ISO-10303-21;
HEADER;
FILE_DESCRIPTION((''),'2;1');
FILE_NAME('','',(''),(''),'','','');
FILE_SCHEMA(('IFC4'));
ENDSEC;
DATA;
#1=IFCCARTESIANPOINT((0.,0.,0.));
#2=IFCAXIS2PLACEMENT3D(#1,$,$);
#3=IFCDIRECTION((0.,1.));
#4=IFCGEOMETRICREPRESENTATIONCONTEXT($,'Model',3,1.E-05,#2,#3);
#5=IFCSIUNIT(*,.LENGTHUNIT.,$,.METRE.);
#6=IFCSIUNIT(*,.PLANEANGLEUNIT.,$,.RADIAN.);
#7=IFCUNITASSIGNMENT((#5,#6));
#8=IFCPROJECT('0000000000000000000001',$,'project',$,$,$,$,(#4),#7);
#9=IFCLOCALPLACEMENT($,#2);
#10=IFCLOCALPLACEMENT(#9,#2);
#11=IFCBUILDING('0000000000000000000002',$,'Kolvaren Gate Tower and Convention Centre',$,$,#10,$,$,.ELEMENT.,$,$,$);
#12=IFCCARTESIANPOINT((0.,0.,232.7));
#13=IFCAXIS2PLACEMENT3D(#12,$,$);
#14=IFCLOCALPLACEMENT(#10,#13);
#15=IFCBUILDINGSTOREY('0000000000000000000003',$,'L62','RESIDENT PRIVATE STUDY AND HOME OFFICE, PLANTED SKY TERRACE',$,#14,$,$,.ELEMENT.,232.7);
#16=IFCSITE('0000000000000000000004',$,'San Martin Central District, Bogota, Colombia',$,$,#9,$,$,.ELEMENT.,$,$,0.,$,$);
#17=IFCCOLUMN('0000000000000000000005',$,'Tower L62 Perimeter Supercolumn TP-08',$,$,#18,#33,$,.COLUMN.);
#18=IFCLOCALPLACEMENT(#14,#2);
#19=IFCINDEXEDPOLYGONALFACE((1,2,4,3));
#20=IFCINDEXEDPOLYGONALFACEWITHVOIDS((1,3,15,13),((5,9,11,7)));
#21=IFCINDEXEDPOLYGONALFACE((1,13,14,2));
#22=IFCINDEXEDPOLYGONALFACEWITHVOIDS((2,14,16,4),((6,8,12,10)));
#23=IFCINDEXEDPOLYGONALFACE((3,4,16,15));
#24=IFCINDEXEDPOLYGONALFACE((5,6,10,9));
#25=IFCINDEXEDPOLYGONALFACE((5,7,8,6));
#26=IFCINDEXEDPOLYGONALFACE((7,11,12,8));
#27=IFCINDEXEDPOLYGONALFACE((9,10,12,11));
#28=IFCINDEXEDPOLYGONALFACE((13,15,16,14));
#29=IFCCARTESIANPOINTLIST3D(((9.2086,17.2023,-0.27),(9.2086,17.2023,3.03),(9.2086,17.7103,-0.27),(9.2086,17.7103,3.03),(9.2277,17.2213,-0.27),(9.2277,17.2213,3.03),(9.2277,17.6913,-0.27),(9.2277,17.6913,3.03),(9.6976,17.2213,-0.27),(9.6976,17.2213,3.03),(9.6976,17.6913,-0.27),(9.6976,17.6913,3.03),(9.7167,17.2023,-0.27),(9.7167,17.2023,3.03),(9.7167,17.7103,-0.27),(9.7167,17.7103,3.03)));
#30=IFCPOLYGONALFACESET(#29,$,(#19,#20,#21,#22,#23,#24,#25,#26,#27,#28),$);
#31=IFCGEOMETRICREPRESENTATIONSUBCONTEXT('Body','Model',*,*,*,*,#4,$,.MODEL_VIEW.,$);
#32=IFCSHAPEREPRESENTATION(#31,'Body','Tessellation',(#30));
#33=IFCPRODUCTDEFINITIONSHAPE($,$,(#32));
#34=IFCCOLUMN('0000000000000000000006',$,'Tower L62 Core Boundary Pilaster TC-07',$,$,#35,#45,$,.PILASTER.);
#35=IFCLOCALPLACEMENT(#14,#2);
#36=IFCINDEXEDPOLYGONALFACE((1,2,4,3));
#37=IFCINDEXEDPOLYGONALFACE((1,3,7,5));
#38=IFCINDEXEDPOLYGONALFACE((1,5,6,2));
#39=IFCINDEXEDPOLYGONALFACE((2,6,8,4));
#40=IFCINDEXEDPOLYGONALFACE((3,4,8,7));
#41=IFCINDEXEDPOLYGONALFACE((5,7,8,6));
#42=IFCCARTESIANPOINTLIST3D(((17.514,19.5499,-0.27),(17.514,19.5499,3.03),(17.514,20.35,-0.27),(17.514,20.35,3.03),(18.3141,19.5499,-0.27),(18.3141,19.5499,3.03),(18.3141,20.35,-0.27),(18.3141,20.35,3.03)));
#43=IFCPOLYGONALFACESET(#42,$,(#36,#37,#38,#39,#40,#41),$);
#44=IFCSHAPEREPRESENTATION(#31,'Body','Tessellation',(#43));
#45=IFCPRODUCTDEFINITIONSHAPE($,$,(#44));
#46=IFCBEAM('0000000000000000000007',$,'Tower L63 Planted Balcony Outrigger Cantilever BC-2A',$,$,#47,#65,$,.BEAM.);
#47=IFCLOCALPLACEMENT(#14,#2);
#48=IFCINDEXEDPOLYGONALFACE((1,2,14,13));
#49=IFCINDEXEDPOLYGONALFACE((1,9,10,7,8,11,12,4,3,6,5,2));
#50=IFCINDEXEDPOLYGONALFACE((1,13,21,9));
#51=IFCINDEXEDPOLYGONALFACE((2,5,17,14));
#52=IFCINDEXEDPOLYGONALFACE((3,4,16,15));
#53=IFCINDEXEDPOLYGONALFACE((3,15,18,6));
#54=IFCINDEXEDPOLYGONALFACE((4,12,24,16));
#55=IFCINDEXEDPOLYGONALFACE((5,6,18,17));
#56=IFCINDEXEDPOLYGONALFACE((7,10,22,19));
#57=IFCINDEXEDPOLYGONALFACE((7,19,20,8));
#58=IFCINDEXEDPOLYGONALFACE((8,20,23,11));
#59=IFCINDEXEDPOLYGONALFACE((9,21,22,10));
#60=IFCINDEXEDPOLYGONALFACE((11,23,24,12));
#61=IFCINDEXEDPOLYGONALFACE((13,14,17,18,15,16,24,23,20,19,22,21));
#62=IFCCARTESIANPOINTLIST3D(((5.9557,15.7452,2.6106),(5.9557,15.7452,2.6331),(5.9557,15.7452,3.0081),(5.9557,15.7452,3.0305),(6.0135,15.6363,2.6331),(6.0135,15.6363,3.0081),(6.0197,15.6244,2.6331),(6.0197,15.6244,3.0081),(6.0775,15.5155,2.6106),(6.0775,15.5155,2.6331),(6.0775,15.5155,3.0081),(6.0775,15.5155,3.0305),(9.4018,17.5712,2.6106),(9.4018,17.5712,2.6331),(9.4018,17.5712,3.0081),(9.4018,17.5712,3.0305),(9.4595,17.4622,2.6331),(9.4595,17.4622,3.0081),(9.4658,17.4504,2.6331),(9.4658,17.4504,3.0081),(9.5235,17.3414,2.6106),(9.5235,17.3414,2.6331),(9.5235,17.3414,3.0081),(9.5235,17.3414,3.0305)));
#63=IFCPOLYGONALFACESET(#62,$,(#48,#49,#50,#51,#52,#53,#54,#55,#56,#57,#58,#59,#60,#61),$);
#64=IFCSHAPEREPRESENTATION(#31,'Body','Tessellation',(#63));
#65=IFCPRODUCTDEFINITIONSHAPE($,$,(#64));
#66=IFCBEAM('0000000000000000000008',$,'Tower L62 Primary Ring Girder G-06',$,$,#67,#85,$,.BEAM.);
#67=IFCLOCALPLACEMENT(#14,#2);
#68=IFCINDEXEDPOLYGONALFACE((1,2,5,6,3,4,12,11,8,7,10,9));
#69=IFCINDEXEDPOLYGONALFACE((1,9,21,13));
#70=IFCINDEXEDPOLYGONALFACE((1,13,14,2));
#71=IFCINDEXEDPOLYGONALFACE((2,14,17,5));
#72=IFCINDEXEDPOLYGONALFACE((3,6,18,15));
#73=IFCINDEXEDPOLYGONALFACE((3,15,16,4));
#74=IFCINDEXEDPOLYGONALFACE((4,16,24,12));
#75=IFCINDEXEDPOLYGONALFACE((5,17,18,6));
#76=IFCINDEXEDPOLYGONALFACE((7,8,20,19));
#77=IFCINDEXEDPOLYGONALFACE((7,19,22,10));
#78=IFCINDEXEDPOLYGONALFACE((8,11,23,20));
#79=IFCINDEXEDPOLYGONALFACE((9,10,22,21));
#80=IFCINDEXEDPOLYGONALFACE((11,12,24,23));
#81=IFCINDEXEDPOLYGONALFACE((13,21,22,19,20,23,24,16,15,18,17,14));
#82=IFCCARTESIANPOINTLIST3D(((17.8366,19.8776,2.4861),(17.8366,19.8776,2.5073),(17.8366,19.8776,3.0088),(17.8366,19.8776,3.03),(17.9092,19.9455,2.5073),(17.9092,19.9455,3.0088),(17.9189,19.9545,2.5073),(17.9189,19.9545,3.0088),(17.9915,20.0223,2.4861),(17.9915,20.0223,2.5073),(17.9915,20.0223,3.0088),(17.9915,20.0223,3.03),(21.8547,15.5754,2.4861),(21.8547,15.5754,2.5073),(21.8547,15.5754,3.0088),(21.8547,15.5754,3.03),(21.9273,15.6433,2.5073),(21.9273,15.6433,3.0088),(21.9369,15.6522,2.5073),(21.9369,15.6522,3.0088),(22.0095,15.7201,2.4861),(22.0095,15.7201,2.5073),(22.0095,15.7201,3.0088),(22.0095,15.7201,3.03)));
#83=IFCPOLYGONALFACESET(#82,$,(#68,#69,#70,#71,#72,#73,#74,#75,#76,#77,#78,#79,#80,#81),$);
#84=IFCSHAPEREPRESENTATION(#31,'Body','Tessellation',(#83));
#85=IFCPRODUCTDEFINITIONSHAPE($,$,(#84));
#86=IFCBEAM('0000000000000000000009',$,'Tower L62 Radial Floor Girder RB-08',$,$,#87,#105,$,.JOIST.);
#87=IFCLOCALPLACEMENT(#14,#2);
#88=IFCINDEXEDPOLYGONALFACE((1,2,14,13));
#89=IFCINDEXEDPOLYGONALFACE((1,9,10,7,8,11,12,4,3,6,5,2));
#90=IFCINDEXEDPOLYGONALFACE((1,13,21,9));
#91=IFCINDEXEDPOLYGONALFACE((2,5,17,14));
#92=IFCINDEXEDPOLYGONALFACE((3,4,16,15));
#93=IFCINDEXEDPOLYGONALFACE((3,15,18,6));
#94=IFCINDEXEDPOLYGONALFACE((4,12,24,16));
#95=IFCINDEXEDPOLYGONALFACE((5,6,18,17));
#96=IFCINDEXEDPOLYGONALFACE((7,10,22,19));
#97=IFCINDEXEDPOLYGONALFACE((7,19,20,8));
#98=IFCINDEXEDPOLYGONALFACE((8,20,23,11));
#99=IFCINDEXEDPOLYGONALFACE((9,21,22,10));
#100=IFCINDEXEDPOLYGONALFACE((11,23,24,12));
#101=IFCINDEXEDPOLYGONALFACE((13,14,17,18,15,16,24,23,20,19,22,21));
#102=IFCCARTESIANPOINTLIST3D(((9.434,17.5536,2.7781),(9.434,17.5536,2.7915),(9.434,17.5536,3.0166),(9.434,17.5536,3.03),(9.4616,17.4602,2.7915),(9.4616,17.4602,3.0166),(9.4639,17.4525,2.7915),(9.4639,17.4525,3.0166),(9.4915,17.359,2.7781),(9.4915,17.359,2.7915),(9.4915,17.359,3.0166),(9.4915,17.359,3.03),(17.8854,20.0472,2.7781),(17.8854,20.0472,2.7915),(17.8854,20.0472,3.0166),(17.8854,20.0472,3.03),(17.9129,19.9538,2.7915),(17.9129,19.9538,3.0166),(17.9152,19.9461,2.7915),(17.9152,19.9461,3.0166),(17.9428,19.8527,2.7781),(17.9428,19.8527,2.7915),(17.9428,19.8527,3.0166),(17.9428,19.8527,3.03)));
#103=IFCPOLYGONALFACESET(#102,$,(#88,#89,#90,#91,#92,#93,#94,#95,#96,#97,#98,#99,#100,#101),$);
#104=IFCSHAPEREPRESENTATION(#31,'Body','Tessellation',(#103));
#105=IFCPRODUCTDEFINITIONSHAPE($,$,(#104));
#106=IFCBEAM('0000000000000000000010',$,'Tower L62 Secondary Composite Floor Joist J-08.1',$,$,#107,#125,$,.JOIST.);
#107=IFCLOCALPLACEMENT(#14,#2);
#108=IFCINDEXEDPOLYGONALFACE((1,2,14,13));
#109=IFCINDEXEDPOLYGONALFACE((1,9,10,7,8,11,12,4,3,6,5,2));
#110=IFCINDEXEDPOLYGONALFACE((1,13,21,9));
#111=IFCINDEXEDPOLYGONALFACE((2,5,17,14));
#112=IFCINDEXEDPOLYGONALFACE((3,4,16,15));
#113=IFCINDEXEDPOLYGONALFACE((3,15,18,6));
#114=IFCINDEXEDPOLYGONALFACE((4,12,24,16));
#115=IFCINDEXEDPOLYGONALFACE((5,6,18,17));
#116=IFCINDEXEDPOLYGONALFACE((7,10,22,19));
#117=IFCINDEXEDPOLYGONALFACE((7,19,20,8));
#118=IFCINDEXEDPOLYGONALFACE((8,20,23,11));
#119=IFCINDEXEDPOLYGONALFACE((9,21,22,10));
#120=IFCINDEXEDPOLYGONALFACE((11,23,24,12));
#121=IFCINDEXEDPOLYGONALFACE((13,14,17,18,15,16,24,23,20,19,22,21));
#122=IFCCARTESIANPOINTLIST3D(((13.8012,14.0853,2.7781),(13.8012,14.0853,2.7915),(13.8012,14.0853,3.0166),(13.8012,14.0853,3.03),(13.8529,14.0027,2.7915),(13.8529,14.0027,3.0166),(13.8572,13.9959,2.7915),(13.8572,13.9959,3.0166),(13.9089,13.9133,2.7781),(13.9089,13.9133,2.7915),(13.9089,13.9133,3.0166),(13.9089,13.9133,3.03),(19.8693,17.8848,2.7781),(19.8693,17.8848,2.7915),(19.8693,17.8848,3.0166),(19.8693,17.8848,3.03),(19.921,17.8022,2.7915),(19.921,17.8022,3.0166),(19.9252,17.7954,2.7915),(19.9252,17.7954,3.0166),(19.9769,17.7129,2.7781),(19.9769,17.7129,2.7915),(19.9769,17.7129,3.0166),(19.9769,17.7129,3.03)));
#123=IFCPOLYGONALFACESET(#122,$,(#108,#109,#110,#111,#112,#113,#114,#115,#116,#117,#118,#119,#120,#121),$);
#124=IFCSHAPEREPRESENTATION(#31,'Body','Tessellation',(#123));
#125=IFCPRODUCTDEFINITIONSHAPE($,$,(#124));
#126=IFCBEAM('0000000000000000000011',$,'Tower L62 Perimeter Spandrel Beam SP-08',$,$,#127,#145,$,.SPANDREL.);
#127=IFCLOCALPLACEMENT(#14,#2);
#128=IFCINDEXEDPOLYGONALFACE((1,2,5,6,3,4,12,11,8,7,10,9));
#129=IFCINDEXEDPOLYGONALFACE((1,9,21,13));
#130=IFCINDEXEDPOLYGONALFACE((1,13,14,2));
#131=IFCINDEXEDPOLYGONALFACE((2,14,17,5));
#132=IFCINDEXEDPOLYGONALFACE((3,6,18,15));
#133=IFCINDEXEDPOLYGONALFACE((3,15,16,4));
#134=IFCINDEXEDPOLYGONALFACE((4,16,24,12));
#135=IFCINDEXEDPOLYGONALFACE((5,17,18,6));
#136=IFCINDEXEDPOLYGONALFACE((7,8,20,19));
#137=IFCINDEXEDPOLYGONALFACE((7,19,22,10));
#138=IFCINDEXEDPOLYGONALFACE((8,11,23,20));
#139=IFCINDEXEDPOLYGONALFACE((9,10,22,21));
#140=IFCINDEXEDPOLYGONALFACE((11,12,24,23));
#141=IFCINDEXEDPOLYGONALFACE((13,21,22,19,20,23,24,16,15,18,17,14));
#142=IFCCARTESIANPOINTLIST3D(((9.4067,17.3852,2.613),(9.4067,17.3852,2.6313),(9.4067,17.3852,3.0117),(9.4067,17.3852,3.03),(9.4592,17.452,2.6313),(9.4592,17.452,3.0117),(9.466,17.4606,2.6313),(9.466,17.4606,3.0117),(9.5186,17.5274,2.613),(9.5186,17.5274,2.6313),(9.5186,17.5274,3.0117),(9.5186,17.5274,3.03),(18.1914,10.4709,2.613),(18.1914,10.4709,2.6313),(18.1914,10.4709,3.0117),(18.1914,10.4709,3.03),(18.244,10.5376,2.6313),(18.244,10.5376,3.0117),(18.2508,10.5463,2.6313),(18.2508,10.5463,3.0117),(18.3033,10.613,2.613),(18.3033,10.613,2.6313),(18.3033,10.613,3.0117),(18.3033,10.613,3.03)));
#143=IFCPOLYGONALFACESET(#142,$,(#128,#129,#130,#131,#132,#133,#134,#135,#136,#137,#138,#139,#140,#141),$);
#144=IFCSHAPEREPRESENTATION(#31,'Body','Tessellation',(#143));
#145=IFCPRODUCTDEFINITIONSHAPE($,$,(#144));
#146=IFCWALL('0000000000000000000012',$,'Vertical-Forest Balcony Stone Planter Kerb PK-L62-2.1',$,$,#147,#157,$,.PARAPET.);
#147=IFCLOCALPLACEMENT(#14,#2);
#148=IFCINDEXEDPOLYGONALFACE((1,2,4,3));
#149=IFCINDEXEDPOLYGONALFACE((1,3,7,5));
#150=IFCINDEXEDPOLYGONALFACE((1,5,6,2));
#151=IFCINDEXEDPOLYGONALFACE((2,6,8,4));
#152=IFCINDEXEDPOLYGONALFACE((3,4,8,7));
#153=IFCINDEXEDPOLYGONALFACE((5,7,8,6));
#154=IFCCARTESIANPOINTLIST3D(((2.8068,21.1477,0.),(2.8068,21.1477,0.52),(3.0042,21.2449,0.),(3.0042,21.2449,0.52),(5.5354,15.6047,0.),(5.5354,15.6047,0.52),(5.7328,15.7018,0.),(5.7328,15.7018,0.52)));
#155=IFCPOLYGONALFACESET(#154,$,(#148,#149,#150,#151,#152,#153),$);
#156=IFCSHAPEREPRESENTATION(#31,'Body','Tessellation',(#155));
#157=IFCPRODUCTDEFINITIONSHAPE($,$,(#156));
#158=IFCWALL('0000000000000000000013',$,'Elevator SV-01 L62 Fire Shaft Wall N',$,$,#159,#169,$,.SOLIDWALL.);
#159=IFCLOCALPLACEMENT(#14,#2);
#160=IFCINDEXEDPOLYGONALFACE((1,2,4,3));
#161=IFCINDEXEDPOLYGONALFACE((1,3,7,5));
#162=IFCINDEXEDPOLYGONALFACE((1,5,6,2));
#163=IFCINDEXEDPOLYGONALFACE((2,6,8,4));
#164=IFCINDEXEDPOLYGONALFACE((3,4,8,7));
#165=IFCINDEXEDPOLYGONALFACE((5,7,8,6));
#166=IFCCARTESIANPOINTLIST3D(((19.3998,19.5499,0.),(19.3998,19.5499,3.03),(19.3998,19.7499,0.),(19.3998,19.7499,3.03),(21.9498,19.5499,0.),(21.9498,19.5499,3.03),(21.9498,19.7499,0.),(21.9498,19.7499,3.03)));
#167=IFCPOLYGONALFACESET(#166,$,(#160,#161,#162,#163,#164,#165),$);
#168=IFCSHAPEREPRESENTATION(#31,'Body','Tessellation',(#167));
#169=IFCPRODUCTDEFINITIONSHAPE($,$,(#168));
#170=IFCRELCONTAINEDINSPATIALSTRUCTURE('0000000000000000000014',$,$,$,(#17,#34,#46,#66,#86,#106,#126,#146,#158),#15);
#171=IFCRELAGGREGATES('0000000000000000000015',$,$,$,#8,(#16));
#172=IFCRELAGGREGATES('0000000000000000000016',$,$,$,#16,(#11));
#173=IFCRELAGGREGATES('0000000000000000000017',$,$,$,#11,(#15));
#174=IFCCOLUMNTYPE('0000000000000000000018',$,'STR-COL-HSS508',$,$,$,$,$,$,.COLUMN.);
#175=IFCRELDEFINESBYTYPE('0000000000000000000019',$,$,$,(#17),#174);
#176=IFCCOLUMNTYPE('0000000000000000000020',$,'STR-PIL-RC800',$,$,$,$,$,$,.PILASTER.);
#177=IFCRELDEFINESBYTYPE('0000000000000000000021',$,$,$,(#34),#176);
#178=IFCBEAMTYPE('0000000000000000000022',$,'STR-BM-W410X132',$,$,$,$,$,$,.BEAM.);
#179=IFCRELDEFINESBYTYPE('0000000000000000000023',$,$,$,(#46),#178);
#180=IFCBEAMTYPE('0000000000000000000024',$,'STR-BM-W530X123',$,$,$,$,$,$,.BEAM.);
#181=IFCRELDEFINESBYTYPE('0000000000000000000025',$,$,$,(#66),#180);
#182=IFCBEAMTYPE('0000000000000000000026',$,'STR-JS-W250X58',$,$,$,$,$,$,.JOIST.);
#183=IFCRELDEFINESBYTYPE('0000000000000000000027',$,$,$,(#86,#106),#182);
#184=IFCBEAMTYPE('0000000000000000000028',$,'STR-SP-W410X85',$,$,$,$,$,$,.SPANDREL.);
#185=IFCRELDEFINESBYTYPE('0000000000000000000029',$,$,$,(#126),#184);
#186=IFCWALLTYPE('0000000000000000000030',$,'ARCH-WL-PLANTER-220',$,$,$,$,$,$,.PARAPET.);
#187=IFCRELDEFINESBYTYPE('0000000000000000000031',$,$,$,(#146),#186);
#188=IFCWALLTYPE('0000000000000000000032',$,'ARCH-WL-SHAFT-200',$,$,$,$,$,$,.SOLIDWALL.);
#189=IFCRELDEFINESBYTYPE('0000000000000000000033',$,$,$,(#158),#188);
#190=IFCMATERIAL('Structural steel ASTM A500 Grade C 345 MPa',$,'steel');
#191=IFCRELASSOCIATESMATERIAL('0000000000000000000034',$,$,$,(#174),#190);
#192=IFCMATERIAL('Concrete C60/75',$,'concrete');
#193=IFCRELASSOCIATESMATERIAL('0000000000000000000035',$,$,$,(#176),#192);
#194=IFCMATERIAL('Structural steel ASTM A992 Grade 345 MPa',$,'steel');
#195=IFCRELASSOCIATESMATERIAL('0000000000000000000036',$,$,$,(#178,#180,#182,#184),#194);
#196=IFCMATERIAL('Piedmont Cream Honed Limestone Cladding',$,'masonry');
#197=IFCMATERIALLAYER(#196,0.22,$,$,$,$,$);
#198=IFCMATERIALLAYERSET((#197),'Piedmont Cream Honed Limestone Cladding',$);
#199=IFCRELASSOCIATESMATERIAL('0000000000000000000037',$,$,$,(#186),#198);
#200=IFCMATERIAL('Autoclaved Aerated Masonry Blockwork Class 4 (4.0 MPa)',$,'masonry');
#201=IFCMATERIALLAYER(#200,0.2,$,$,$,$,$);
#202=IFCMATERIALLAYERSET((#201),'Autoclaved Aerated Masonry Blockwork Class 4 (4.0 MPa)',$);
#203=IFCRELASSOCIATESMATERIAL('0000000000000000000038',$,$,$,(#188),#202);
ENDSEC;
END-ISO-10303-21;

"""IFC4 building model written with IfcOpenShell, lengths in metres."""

from ifc_helpers import new_model, si_unit, direction, frame, frame_2d, origin, origin_2d, place, context, subcontext, project, spatial, rectangle, hollow_rectangle, i_section, extrude, material, layer, layer_set, material_profile, profile_set, type_object, element, save


model = new_model("IFC4")

# Units and contexts
model_context = context("Model", 3, precision=1e-05, world=origin(), true_north=direction((0.0, 1.0)))
body_context = subcontext(model_context, "Body", "Model", "MODEL_VIEW")
ifc_project = project(units=[si_unit("LENGTHUNIT", "METRE"), si_unit("PLANEANGLEUNIT", "RADIAN")], contexts=[model_context])

# Site, building, storey
site_placement = place(None, origin())
site = spatial("IfcSite", under=ifc_project, at=site_placement, Name="San Martin Central District, Bogota, Colombia", CompositionType="ELEMENT", RefElevation=0.0)
building_placement = place(site_placement, origin())
building = spatial("IfcBuilding", under=site, at=building_placement, Name="Kolvaren Gate Tower and Convention Centre", CompositionType="ELEMENT")
storey_placement = place(building_placement, frame((0.0, 0.0, 232.7)))
storey = spatial("IfcBuildingStorey", under=building, at=storey_placement, Name="L62", Description="RESIDENT PRIVATE STUDY AND HOME OFFICE, PLANTED SKY TERRACE", CompositionType="ELEMENT", Elevation=232.7)

# Columns
ifc_material_1 = material(Name="Structural steel ASTM A500 Grade C 345 MPa", Category="steel")
ifc_material_profile_1 = material_profile(ifc_material_1, hollow_rectangle(XDim=0.5081, YDim=0.5081, WallThickness=0.019, at=origin_2d()), Name="HSS508X508X19.1")
ifc_profile_set_1 = profile_set([ifc_material_profile_1], Name="Structural steel ASTM A500 Grade C 345 MPa")
column_type_1 = type_object("IfcColumnType", Name="STR-COL-HSS508", PredefinedType="COLUMN", material=ifc_profile_set_1)
column_1_placement = place(storey_placement, frame((9.4626, 17.4563, -0.27), z_axis=(0.0, 0.0, 1.0), x_axis=(1.0, 0.0, 0.0)))
element("IfcColumn", 1, at=column_1_placement, inside=storey, type_object=column_type_1, Name="Tower L62 Perimeter Supercolumn TP-08", PredefinedType="COLUMN", context=body_context, shape_type="SweptSolid", body=[
    extrude(hollow_rectangle(XDim=0.5081, YDim=0.5081, WallThickness=0.019, at=origin_2d()), origin(), (0.0, 0.0, 1.0), 3.3),
])
ifc_material_2 = material(Name="Concrete C60/75", Category="concrete")
ifc_material_profile_2 = material_profile(ifc_material_2, rectangle(XDim=0.8, YDim=0.8, at=origin_2d()), Name="RC-COL-800X800")
ifc_profile_set_2 = profile_set([ifc_material_profile_2], Name="Concrete C60/75")
column_type_2 = type_object("IfcColumnType", Name="STR-PIL-RC800", PredefinedType="PILASTER", material=ifc_profile_set_2)
column_2_placement = place(storey_placement, frame((17.9141, 19.95, -0.27), z_axis=(0.0, 0.0, 1.0), x_axis=(1.0, 0.0, 0.0)))
element("IfcColumn", 2, at=column_2_placement, inside=storey, type_object=column_type_2, Name="Tower L62 Core Boundary Pilaster TC-07", PredefinedType="PILASTER", context=body_context, shape_type="SweptSolid", body=[
    extrude(rectangle(XDim=0.8, YDim=0.8, at=origin_2d()), origin(), (0.0, 0.0, 1.0), 3.3),
])

# Beams
ifc_material_3 = material(Name="Structural steel ASTM A992 Grade 345 MPa", Category="steel")
ifc_material_profile_3 = material_profile(ifc_material_3, i_section(OverallWidth=0.26, OverallDepth=0.4199, WebThickness=0.0134, FlangeThickness=0.0225, at=origin_2d()), Name="W410X132")
ifc_profile_set_3 = profile_set([ifc_material_profile_3], Name="Structural steel ASTM A992 Grade 345 MPa")
beam_type_1 = type_object("IfcBeamType", Name="STR-BM-W410X132", PredefinedType="BEAM", material=ifc_profile_set_3)
beam_1_placement = place(storey_placement, frame((9.4626, 17.4563, 2.8206), z_axis=(-0.883623, -0.468198, 0.0), x_axis=(0.468198, -0.883623, 0.0)))
element("IfcBeam", 3, at=beam_1_placement, inside=storey, type_object=beam_type_1, Name="Tower L63 Planted Balcony Outrigger Cantilever BC-2A", PredefinedType="BEAM", context=body_context, shape_type="SweptSolid", body=[
    extrude(i_section(OverallWidth=0.26, OverallDepth=0.4199, WebThickness=0.0134, FlangeThickness=0.0225, at=origin_2d()), origin(), (0.0, 0.0, 1.0), 3.8999),
])
ifc_material_profile_4 = material_profile(ifc_material_3, i_section(OverallWidth=0.2119, OverallDepth=0.5439, WebThickness=0.0132, FlangeThickness=0.0212, at=origin_2d()), Name="W530X123")
ifc_profile_set_4 = profile_set([ifc_material_profile_4], Name="Structural steel ASTM A992 Grade 345 MPa")
beam_type_2 = type_object("IfcBeamType", Name="STR-BM-W530X123", PredefinedType="BEAM", material=ifc_profile_set_4)
beam_2_placement = place(storey_placement, frame((17.9141, 19.95, 2.7581), z_axis=(0.682558, -0.730832, 0.0), x_axis=(0.730832, 0.682558, 0.0)))
element("IfcBeam", 4, at=beam_2_placement, inside=storey, type_object=beam_type_2, Name="Tower L62 Primary Ring Girder G-06", PredefinedType="BEAM", context=body_context, shape_type="SweptSolid", body=[
    extrude(i_section(OverallWidth=0.2119, OverallDepth=0.5439, WebThickness=0.0132, FlangeThickness=0.0212, at=origin_2d()), origin(), (0.0, 0.0, 1.0), 5.8867),
])
ifc_material_profile_5 = material_profile(ifc_material_3, i_section(OverallWidth=0.2029, OverallDepth=0.252, WebThickness=0.0081, FlangeThickness=0.0134, at=origin_2d()), Name="W250X58")
ifc_profile_set_5 = profile_set([ifc_material_profile_5], Name="Structural steel ASTM A992 Grade 345 MPa")
beam_type_3 = type_object("IfcBeamType", Name="STR-JS-W250X58", PredefinedType="JOIST", material=ifc_profile_set_5)
beam_3_placement = place(storey_placement, frame((17.9141, 19.95, 2.9041), z_axis=(-0.959121, -0.282996, 0.0), x_axis=(0.282996, -0.959121, 0.0)))
element("IfcBeam", 5, at=beam_3_placement, inside=storey, type_object=beam_type_3, Name="Tower L62 Radial Floor Girder RB-08", PredefinedType="JOIST", context=body_context, shape_type="SweptSolid", body=[
    extrude(i_section(OverallWidth=0.2029, OverallDepth=0.252, WebThickness=0.0081, FlangeThickness=0.0134, at=origin_2d()), origin(), (0.0, 0.0, 1.0), 8.8115),
])
beam_4_placement = place(storey_placement, frame((19.9231, 17.7988, 2.9041), z_axis=(-0.847559, -0.530701, 0.0), x_axis=(0.530701, -0.847559, 0.0)))
element("IfcBeam", 6, at=beam_4_placement, inside=storey, type_object=beam_type_3, Name="Tower L62 Secondary Composite Floor Joist J-08.1", PredefinedType="JOIST", context=body_context, shape_type="SweptSolid", body=[
    extrude(i_section(OverallWidth=0.2029, OverallDepth=0.252, WebThickness=0.0081, FlangeThickness=0.0134, at=origin_2d()), origin(), (0.0, 0.0, 1.0), 7.1594),
])
ifc_material_profile_6 = material_profile(ifc_material_3, i_section(OverallWidth=0.1809, OverallDepth=0.417, WebThickness=0.011, FlangeThickness=0.0183, at=origin_2d()), Name="W410X85")
ifc_profile_set_6 = profile_set([ifc_material_profile_6], Name="Structural steel ASTM A992 Grade 345 MPa")
beam_type_4 = type_object("IfcBeamType", Name="STR-SP-W410X85", PredefinedType="SPANDREL", material=ifc_profile_set_6)
beam_5_placement = place(storey_placement, frame((9.4626, 17.4563, 2.8215), z_axis=(0.785794, -0.618489, 0.0), x_axis=(0.618489, 0.785794, 0.0)))
element("IfcBeam", 7, at=beam_5_placement, inside=storey, type_object=beam_type_4, Name="Tower L62 Perimeter Spandrel Beam SP-08", PredefinedType="SPANDREL", context=body_context, shape_type="SweptSolid", body=[
    extrude(i_section(OverallWidth=0.1809, OverallDepth=0.417, WebThickness=0.011, FlangeThickness=0.0183, at=origin_2d()), origin(), (0.0, 0.0, 1.0), 11.1794),
])

# Walls
ifc_material_4 = material(Name="Piedmont Cream Honed Limestone Cladding", Category="masonry")
ifc_layer_1 = layer(ifc_material_4, 0.22)
ifc_layer_set_1 = layer_set([ifc_layer_1], Name="Piedmont Cream Honed Limestone Cladding")
wall_type_1 = type_object("IfcWallType", Name="ARCH-WL-PLANTER-220", PredefinedType="PARAPET", material=ifc_layer_set_1)
wall_1_placement = place(storey_placement, frame((2.9055, 21.1963, 0.0), z_axis=(0.0, 0.0, 1.0), x_axis=(0.441641, -0.897192, 0.0)))
element("IfcWall", 8, at=wall_1_placement, inside=storey, type_object=wall_type_1, Name="Vertical-Forest Balcony Stone Planter Kerb PK-L62-2.1", PredefinedType="PARAPET", context=body_context, shape_type="SweptSolid", body=[
    extrude(rectangle(XDim=6.1782, YDim=0.22, at=frame_2d((3.0891, 0.0))), origin(), (0.0, 0.0, 1.0), 0.52),
])
ifc_material_5 = material(Name="Autoclaved Aerated Masonry Blockwork Class 4 (4.0 MPa)", Category="masonry")
ifc_layer_2 = layer(ifc_material_5, 0.2)
ifc_layer_set_2 = layer_set([ifc_layer_2], Name="Autoclaved Aerated Masonry Blockwork Class 4 (4.0 MPa)")
wall_type_2 = type_object("IfcWallType", Name="ARCH-WL-SHAFT-200", PredefinedType="SOLIDWALL", material=ifc_layer_set_2)
wall_2_placement = place(storey_placement, frame((19.3999, 19.6499, 0.0), z_axis=(0.0, 0.0, 1.0), x_axis=(1.0, 0.0, 0.0)))
element("IfcWall", 9, at=wall_2_placement, inside=storey, type_object=wall_type_2, Name="Elevator SV-01 L62 Fire Shaft Wall N", PredefinedType="SOLIDWALL", context=body_context, shape_type="SweptSolid", body=[
    extrude(rectangle(XDim=2.55, YDim=0.2, at=frame_2d((1.2749, 0.0))), origin(), (0.0, 0.0, 1.0), 3.03),
])

save(model, "model.ifc")
